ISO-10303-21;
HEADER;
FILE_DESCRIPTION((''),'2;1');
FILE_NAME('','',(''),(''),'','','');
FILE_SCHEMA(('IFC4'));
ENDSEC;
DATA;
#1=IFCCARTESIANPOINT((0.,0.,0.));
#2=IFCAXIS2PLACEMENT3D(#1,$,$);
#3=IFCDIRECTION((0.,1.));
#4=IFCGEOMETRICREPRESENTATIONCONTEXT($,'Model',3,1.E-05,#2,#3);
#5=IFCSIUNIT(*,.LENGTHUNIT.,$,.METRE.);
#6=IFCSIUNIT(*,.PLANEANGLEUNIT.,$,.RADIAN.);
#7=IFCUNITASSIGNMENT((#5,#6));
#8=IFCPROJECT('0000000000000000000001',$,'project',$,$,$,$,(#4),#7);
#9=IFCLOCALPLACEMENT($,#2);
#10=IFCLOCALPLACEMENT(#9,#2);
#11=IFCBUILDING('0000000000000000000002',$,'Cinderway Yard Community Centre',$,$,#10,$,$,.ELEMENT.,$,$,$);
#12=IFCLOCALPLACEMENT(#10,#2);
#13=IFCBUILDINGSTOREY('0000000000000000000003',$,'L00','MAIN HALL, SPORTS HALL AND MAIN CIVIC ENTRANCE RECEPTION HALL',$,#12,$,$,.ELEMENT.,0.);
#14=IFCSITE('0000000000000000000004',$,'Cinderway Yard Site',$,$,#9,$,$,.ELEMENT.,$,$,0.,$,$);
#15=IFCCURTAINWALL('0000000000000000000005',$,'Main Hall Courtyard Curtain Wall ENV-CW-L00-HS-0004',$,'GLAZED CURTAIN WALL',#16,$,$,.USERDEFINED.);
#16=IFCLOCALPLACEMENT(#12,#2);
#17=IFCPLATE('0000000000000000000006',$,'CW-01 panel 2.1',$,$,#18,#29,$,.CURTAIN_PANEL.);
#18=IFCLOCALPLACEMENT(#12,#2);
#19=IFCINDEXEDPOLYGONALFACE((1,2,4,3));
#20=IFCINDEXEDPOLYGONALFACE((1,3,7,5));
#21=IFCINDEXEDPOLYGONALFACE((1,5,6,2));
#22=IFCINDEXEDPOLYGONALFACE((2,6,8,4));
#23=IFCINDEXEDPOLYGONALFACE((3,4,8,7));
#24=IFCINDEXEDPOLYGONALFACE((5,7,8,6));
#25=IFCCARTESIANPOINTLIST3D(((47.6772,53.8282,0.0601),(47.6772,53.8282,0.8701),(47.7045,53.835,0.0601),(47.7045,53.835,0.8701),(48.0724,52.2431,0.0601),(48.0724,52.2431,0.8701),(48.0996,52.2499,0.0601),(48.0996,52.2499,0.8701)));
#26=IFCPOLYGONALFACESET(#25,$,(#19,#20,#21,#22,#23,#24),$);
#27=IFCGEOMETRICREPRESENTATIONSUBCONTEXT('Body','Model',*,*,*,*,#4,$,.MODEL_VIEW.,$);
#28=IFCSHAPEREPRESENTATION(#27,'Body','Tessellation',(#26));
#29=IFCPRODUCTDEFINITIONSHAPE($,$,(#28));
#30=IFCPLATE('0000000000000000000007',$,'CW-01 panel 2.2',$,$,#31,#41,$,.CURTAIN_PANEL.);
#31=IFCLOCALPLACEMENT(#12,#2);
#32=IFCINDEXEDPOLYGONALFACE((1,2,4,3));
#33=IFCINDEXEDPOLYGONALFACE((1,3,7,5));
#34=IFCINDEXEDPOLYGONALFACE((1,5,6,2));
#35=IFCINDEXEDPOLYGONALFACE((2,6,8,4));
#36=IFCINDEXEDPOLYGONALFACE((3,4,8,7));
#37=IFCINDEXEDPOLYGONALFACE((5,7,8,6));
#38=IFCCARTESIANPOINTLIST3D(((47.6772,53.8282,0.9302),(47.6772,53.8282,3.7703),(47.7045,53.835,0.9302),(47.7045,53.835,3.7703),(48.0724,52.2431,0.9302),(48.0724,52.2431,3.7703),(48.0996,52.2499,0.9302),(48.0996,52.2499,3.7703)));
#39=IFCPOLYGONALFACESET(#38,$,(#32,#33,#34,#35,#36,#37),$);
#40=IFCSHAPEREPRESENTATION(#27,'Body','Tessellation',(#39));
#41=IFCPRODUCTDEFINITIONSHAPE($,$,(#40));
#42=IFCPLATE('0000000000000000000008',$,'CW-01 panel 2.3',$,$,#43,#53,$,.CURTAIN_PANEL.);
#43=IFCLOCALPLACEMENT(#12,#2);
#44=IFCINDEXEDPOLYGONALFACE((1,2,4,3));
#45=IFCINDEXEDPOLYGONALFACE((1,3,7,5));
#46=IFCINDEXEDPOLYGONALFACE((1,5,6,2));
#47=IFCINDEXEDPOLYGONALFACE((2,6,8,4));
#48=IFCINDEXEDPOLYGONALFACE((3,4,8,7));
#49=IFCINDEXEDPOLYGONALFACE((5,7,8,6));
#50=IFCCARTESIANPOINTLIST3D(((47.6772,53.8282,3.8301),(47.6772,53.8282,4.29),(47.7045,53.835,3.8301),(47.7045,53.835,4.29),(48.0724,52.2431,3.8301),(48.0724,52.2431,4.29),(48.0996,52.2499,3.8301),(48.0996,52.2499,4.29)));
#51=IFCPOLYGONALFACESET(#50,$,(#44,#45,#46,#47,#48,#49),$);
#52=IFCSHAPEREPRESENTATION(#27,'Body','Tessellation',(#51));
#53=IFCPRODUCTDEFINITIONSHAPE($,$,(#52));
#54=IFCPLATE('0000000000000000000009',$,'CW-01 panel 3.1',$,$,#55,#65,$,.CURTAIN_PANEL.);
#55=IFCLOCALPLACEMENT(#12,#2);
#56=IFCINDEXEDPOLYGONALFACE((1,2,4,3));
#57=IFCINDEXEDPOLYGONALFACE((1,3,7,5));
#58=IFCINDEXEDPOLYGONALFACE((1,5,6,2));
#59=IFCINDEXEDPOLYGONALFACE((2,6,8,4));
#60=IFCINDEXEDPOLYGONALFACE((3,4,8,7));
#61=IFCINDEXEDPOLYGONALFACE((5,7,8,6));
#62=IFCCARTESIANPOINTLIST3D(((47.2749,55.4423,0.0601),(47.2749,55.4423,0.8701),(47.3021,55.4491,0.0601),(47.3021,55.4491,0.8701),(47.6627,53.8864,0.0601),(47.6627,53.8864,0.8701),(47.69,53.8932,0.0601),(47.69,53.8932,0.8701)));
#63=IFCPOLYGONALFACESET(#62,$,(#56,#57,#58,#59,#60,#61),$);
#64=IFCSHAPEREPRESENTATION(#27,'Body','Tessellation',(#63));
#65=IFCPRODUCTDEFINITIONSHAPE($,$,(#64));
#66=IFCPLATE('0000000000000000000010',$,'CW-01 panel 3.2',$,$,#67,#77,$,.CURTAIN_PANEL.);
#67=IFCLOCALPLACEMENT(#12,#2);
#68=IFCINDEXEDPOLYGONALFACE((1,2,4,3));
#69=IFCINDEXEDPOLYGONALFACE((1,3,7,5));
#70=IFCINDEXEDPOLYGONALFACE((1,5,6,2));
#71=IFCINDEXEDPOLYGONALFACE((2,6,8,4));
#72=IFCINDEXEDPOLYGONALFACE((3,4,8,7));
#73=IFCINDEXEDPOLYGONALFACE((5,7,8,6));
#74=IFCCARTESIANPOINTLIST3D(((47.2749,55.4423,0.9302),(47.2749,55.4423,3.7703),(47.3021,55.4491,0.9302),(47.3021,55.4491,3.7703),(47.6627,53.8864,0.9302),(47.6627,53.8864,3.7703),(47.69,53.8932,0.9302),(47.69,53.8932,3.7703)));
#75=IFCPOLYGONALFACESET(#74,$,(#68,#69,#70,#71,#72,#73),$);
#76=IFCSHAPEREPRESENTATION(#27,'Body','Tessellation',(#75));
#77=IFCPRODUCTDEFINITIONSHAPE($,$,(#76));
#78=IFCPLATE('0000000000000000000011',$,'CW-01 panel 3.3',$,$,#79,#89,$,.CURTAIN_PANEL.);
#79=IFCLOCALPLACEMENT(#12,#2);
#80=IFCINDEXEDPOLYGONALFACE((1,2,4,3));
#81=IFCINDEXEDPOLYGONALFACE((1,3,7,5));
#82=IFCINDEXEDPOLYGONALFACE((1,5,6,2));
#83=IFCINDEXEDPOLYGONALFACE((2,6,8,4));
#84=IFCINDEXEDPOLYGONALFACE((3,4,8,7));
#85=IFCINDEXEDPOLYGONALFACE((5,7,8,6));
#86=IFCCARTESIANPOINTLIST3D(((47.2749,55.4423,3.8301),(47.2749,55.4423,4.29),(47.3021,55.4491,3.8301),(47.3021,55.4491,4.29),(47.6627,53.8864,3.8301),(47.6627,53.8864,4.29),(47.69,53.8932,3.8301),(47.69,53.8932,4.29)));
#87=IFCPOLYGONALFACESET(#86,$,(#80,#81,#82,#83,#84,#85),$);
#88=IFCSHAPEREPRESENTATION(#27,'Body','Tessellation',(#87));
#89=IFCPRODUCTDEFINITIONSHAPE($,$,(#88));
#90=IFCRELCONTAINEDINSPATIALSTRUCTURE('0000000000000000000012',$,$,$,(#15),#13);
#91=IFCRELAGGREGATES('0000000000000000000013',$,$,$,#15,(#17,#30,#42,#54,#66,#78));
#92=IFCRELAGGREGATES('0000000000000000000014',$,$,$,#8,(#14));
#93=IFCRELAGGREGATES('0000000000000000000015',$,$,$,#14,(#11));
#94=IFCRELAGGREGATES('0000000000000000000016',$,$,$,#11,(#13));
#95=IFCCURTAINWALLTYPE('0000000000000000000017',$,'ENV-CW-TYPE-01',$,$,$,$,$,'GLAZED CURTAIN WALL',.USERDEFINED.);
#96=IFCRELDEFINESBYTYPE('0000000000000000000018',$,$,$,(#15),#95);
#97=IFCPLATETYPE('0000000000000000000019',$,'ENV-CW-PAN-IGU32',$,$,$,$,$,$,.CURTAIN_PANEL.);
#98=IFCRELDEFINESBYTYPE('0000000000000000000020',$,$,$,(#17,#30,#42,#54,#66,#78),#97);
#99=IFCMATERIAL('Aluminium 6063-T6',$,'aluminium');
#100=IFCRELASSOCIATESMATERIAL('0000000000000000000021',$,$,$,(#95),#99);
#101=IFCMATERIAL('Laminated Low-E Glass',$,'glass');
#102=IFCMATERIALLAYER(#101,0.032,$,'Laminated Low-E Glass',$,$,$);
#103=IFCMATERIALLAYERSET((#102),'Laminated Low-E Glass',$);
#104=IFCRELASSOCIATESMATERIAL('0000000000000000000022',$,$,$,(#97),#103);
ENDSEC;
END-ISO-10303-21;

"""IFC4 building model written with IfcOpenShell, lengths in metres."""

from ifc_helpers import new_model, si_unit, direction, frame, origin, origin_2d, place, context, subcontext, project, spatial, rectangle, extrude, material, layer, layer_set, type_object, element, aggregate, save


model = new_model("IFC4")

# Units and contexts
model_context = context("Model", 3, precision=1e-05, world=origin(), true_north=direction((0.0, 1.0)))
body_context = subcontext(model_context, "Body", "Model", "MODEL_VIEW")
ifc_project = project(units=[si_unit("LENGTHUNIT", "METRE"), si_unit("PLANEANGLEUNIT", "RADIAN")], contexts=[model_context])

# Site, building, storey
site_placement = place(None, origin())
site = spatial("IfcSite", under=ifc_project, at=site_placement, Name="Cinderway Yard Site", CompositionType="ELEMENT", RefElevation=0.0)
building_placement = place(site_placement, origin())
building = spatial("IfcBuilding", under=site, at=building_placement, Name="Cinderway Yard Community Centre", CompositionType="ELEMENT")
storey_placement = place(building_placement, origin())
storey = spatial("IfcBuildingStorey", under=building, at=storey_placement, Name="L00", Description="MAIN HALL, SPORTS HALL AND MAIN CIVIC ENTRANCE RECEPTION HALL", CompositionType="ELEMENT", Elevation=0.0)

# Curtain wall, plates
ifc_material_1 = material(Name="Aluminium 6063-T6", Category="aluminium")
curtain_wall_type = type_object("IfcCurtainWallType", Name="ENV-CW-TYPE-01", ElementType="GLAZED CURTAIN WALL", PredefinedType="USERDEFINED", material=ifc_material_1)
curtain_wall_placement = place(storey_placement, origin())
curtain_wall = element("IfcCurtainWall", 1, at=curtain_wall_placement, inside=storey, type_object=curtain_wall_type, Name="Main Hall Courtyard Curtain Wall ENV-CW-L00-HS-0004", ObjectType="GLAZED CURTAIN WALL", PredefinedType="USERDEFINED")
ifc_material_2 = material(Name="Laminated Low-E Glass", Category="glass")
ifc_layer = layer(ifc_material_2, 0.032, Name="Laminated Low-E Glass")
ifc_layer_set = layer_set([ifc_layer], Name="Laminated Low-E Glass")
plate_type = type_object("IfcPlateType", Name="ENV-CW-PAN-IGU32", PredefinedType="CURTAIN_PANEL", material=ifc_layer_set)
plate_1_placement = place(storey_placement, frame((47.8884, 53.0391, 0.0601), z_axis=(0.0, 0.0, 1.0), x_axis=(-0.241887, 0.970304, 0.0)))
plate_1 = element("IfcPlate", 2, at=plate_1_placement, type_object=plate_type, Name="CW-01 panel 2.1", PredefinedType="CURTAIN_PANEL", context=body_context, shape_type="SweptSolid", body=[
    extrude(rectangle(XDim=1.6335, YDim=0.0281, at=origin_2d()), origin(), (0.0, 0.0, 1.0), 0.8101),
])
plate_2_placement = place(storey_placement, frame((47.8884, 53.0391, 0.9302), z_axis=(0.0, 0.0, 1.0), x_axis=(-0.241887, 0.970304, 0.0)))
plate_2 = element("IfcPlate", 3, at=plate_2_placement, type_object=plate_type, Name="CW-01 panel 2.2", PredefinedType="CURTAIN_PANEL", context=body_context, shape_type="SweptSolid", body=[
    extrude(rectangle(XDim=1.6335, YDim=0.0281, at=origin_2d()), origin(), (0.0, 0.0, 1.0), 2.8401),
])
plate_3_placement = place(storey_placement, frame((47.8884, 53.0391, 3.8301), z_axis=(0.0, 0.0, 1.0), x_axis=(-0.241887, 0.970304, 0.0)))
plate_3 = element("IfcPlate", 4, at=plate_3_placement, type_object=plate_type, Name="CW-01 panel 2.3", PredefinedType="CURTAIN_PANEL", context=body_context, shape_type="SweptSolid", body=[
    extrude(rectangle(XDim=1.6335, YDim=0.0281, at=origin_2d()), origin(), (0.0, 0.0, 1.0), 0.46),
])
plate_4_placement = place(storey_placement, frame((47.4824, 54.6677, 0.0601), z_axis=(0.0, 0.0, 1.0), x_axis=(-0.241887, 0.970304, 0.0)))
plate_4 = element("IfcPlate", 5, at=plate_4_placement, type_object=plate_type, Name="CW-01 panel 3.1", PredefinedType="CURTAIN_PANEL", context=body_context, shape_type="SweptSolid", body=[
    extrude(rectangle(XDim=1.6035, YDim=0.0281, at=origin_2d()), origin(), (0.0, 0.0, 1.0), 0.8101),
])
plate_5_placement = place(storey_placement, frame((47.4824, 54.6677, 0.9302), z_axis=(0.0, 0.0, 1.0), x_axis=(-0.241887, 0.970304, 0.0)))
plate_5 = element("IfcPlate", 6, at=plate_5_placement, type_object=plate_type, Name="CW-01 panel 3.2", PredefinedType="CURTAIN_PANEL", context=body_context, shape_type="SweptSolid", body=[
    extrude(rectangle(XDim=1.6035, YDim=0.0281, at=origin_2d()), origin(), (0.0, 0.0, 1.0), 2.8401),
])
plate_6_placement = place(storey_placement, frame((47.4824, 54.6677, 3.8301), z_axis=(0.0, 0.0, 1.0), x_axis=(-0.241887, 0.970304, 0.0)))
plate_6 = element("IfcPlate", 7, at=plate_6_placement, type_object=plate_type, Name="CW-01 panel 3.3", PredefinedType="CURTAIN_PANEL", context=body_context, shape_type="SweptSolid", body=[
    extrude(rectangle(XDim=1.6035, YDim=0.0281, at=origin_2d()), origin(), (0.0, 0.0, 1.0), 0.46),
])
aggregate(curtain_wall, [plate_1, plate_2, plate_3, plate_4, plate_5, plate_6])

save(model, "model.ifc")
